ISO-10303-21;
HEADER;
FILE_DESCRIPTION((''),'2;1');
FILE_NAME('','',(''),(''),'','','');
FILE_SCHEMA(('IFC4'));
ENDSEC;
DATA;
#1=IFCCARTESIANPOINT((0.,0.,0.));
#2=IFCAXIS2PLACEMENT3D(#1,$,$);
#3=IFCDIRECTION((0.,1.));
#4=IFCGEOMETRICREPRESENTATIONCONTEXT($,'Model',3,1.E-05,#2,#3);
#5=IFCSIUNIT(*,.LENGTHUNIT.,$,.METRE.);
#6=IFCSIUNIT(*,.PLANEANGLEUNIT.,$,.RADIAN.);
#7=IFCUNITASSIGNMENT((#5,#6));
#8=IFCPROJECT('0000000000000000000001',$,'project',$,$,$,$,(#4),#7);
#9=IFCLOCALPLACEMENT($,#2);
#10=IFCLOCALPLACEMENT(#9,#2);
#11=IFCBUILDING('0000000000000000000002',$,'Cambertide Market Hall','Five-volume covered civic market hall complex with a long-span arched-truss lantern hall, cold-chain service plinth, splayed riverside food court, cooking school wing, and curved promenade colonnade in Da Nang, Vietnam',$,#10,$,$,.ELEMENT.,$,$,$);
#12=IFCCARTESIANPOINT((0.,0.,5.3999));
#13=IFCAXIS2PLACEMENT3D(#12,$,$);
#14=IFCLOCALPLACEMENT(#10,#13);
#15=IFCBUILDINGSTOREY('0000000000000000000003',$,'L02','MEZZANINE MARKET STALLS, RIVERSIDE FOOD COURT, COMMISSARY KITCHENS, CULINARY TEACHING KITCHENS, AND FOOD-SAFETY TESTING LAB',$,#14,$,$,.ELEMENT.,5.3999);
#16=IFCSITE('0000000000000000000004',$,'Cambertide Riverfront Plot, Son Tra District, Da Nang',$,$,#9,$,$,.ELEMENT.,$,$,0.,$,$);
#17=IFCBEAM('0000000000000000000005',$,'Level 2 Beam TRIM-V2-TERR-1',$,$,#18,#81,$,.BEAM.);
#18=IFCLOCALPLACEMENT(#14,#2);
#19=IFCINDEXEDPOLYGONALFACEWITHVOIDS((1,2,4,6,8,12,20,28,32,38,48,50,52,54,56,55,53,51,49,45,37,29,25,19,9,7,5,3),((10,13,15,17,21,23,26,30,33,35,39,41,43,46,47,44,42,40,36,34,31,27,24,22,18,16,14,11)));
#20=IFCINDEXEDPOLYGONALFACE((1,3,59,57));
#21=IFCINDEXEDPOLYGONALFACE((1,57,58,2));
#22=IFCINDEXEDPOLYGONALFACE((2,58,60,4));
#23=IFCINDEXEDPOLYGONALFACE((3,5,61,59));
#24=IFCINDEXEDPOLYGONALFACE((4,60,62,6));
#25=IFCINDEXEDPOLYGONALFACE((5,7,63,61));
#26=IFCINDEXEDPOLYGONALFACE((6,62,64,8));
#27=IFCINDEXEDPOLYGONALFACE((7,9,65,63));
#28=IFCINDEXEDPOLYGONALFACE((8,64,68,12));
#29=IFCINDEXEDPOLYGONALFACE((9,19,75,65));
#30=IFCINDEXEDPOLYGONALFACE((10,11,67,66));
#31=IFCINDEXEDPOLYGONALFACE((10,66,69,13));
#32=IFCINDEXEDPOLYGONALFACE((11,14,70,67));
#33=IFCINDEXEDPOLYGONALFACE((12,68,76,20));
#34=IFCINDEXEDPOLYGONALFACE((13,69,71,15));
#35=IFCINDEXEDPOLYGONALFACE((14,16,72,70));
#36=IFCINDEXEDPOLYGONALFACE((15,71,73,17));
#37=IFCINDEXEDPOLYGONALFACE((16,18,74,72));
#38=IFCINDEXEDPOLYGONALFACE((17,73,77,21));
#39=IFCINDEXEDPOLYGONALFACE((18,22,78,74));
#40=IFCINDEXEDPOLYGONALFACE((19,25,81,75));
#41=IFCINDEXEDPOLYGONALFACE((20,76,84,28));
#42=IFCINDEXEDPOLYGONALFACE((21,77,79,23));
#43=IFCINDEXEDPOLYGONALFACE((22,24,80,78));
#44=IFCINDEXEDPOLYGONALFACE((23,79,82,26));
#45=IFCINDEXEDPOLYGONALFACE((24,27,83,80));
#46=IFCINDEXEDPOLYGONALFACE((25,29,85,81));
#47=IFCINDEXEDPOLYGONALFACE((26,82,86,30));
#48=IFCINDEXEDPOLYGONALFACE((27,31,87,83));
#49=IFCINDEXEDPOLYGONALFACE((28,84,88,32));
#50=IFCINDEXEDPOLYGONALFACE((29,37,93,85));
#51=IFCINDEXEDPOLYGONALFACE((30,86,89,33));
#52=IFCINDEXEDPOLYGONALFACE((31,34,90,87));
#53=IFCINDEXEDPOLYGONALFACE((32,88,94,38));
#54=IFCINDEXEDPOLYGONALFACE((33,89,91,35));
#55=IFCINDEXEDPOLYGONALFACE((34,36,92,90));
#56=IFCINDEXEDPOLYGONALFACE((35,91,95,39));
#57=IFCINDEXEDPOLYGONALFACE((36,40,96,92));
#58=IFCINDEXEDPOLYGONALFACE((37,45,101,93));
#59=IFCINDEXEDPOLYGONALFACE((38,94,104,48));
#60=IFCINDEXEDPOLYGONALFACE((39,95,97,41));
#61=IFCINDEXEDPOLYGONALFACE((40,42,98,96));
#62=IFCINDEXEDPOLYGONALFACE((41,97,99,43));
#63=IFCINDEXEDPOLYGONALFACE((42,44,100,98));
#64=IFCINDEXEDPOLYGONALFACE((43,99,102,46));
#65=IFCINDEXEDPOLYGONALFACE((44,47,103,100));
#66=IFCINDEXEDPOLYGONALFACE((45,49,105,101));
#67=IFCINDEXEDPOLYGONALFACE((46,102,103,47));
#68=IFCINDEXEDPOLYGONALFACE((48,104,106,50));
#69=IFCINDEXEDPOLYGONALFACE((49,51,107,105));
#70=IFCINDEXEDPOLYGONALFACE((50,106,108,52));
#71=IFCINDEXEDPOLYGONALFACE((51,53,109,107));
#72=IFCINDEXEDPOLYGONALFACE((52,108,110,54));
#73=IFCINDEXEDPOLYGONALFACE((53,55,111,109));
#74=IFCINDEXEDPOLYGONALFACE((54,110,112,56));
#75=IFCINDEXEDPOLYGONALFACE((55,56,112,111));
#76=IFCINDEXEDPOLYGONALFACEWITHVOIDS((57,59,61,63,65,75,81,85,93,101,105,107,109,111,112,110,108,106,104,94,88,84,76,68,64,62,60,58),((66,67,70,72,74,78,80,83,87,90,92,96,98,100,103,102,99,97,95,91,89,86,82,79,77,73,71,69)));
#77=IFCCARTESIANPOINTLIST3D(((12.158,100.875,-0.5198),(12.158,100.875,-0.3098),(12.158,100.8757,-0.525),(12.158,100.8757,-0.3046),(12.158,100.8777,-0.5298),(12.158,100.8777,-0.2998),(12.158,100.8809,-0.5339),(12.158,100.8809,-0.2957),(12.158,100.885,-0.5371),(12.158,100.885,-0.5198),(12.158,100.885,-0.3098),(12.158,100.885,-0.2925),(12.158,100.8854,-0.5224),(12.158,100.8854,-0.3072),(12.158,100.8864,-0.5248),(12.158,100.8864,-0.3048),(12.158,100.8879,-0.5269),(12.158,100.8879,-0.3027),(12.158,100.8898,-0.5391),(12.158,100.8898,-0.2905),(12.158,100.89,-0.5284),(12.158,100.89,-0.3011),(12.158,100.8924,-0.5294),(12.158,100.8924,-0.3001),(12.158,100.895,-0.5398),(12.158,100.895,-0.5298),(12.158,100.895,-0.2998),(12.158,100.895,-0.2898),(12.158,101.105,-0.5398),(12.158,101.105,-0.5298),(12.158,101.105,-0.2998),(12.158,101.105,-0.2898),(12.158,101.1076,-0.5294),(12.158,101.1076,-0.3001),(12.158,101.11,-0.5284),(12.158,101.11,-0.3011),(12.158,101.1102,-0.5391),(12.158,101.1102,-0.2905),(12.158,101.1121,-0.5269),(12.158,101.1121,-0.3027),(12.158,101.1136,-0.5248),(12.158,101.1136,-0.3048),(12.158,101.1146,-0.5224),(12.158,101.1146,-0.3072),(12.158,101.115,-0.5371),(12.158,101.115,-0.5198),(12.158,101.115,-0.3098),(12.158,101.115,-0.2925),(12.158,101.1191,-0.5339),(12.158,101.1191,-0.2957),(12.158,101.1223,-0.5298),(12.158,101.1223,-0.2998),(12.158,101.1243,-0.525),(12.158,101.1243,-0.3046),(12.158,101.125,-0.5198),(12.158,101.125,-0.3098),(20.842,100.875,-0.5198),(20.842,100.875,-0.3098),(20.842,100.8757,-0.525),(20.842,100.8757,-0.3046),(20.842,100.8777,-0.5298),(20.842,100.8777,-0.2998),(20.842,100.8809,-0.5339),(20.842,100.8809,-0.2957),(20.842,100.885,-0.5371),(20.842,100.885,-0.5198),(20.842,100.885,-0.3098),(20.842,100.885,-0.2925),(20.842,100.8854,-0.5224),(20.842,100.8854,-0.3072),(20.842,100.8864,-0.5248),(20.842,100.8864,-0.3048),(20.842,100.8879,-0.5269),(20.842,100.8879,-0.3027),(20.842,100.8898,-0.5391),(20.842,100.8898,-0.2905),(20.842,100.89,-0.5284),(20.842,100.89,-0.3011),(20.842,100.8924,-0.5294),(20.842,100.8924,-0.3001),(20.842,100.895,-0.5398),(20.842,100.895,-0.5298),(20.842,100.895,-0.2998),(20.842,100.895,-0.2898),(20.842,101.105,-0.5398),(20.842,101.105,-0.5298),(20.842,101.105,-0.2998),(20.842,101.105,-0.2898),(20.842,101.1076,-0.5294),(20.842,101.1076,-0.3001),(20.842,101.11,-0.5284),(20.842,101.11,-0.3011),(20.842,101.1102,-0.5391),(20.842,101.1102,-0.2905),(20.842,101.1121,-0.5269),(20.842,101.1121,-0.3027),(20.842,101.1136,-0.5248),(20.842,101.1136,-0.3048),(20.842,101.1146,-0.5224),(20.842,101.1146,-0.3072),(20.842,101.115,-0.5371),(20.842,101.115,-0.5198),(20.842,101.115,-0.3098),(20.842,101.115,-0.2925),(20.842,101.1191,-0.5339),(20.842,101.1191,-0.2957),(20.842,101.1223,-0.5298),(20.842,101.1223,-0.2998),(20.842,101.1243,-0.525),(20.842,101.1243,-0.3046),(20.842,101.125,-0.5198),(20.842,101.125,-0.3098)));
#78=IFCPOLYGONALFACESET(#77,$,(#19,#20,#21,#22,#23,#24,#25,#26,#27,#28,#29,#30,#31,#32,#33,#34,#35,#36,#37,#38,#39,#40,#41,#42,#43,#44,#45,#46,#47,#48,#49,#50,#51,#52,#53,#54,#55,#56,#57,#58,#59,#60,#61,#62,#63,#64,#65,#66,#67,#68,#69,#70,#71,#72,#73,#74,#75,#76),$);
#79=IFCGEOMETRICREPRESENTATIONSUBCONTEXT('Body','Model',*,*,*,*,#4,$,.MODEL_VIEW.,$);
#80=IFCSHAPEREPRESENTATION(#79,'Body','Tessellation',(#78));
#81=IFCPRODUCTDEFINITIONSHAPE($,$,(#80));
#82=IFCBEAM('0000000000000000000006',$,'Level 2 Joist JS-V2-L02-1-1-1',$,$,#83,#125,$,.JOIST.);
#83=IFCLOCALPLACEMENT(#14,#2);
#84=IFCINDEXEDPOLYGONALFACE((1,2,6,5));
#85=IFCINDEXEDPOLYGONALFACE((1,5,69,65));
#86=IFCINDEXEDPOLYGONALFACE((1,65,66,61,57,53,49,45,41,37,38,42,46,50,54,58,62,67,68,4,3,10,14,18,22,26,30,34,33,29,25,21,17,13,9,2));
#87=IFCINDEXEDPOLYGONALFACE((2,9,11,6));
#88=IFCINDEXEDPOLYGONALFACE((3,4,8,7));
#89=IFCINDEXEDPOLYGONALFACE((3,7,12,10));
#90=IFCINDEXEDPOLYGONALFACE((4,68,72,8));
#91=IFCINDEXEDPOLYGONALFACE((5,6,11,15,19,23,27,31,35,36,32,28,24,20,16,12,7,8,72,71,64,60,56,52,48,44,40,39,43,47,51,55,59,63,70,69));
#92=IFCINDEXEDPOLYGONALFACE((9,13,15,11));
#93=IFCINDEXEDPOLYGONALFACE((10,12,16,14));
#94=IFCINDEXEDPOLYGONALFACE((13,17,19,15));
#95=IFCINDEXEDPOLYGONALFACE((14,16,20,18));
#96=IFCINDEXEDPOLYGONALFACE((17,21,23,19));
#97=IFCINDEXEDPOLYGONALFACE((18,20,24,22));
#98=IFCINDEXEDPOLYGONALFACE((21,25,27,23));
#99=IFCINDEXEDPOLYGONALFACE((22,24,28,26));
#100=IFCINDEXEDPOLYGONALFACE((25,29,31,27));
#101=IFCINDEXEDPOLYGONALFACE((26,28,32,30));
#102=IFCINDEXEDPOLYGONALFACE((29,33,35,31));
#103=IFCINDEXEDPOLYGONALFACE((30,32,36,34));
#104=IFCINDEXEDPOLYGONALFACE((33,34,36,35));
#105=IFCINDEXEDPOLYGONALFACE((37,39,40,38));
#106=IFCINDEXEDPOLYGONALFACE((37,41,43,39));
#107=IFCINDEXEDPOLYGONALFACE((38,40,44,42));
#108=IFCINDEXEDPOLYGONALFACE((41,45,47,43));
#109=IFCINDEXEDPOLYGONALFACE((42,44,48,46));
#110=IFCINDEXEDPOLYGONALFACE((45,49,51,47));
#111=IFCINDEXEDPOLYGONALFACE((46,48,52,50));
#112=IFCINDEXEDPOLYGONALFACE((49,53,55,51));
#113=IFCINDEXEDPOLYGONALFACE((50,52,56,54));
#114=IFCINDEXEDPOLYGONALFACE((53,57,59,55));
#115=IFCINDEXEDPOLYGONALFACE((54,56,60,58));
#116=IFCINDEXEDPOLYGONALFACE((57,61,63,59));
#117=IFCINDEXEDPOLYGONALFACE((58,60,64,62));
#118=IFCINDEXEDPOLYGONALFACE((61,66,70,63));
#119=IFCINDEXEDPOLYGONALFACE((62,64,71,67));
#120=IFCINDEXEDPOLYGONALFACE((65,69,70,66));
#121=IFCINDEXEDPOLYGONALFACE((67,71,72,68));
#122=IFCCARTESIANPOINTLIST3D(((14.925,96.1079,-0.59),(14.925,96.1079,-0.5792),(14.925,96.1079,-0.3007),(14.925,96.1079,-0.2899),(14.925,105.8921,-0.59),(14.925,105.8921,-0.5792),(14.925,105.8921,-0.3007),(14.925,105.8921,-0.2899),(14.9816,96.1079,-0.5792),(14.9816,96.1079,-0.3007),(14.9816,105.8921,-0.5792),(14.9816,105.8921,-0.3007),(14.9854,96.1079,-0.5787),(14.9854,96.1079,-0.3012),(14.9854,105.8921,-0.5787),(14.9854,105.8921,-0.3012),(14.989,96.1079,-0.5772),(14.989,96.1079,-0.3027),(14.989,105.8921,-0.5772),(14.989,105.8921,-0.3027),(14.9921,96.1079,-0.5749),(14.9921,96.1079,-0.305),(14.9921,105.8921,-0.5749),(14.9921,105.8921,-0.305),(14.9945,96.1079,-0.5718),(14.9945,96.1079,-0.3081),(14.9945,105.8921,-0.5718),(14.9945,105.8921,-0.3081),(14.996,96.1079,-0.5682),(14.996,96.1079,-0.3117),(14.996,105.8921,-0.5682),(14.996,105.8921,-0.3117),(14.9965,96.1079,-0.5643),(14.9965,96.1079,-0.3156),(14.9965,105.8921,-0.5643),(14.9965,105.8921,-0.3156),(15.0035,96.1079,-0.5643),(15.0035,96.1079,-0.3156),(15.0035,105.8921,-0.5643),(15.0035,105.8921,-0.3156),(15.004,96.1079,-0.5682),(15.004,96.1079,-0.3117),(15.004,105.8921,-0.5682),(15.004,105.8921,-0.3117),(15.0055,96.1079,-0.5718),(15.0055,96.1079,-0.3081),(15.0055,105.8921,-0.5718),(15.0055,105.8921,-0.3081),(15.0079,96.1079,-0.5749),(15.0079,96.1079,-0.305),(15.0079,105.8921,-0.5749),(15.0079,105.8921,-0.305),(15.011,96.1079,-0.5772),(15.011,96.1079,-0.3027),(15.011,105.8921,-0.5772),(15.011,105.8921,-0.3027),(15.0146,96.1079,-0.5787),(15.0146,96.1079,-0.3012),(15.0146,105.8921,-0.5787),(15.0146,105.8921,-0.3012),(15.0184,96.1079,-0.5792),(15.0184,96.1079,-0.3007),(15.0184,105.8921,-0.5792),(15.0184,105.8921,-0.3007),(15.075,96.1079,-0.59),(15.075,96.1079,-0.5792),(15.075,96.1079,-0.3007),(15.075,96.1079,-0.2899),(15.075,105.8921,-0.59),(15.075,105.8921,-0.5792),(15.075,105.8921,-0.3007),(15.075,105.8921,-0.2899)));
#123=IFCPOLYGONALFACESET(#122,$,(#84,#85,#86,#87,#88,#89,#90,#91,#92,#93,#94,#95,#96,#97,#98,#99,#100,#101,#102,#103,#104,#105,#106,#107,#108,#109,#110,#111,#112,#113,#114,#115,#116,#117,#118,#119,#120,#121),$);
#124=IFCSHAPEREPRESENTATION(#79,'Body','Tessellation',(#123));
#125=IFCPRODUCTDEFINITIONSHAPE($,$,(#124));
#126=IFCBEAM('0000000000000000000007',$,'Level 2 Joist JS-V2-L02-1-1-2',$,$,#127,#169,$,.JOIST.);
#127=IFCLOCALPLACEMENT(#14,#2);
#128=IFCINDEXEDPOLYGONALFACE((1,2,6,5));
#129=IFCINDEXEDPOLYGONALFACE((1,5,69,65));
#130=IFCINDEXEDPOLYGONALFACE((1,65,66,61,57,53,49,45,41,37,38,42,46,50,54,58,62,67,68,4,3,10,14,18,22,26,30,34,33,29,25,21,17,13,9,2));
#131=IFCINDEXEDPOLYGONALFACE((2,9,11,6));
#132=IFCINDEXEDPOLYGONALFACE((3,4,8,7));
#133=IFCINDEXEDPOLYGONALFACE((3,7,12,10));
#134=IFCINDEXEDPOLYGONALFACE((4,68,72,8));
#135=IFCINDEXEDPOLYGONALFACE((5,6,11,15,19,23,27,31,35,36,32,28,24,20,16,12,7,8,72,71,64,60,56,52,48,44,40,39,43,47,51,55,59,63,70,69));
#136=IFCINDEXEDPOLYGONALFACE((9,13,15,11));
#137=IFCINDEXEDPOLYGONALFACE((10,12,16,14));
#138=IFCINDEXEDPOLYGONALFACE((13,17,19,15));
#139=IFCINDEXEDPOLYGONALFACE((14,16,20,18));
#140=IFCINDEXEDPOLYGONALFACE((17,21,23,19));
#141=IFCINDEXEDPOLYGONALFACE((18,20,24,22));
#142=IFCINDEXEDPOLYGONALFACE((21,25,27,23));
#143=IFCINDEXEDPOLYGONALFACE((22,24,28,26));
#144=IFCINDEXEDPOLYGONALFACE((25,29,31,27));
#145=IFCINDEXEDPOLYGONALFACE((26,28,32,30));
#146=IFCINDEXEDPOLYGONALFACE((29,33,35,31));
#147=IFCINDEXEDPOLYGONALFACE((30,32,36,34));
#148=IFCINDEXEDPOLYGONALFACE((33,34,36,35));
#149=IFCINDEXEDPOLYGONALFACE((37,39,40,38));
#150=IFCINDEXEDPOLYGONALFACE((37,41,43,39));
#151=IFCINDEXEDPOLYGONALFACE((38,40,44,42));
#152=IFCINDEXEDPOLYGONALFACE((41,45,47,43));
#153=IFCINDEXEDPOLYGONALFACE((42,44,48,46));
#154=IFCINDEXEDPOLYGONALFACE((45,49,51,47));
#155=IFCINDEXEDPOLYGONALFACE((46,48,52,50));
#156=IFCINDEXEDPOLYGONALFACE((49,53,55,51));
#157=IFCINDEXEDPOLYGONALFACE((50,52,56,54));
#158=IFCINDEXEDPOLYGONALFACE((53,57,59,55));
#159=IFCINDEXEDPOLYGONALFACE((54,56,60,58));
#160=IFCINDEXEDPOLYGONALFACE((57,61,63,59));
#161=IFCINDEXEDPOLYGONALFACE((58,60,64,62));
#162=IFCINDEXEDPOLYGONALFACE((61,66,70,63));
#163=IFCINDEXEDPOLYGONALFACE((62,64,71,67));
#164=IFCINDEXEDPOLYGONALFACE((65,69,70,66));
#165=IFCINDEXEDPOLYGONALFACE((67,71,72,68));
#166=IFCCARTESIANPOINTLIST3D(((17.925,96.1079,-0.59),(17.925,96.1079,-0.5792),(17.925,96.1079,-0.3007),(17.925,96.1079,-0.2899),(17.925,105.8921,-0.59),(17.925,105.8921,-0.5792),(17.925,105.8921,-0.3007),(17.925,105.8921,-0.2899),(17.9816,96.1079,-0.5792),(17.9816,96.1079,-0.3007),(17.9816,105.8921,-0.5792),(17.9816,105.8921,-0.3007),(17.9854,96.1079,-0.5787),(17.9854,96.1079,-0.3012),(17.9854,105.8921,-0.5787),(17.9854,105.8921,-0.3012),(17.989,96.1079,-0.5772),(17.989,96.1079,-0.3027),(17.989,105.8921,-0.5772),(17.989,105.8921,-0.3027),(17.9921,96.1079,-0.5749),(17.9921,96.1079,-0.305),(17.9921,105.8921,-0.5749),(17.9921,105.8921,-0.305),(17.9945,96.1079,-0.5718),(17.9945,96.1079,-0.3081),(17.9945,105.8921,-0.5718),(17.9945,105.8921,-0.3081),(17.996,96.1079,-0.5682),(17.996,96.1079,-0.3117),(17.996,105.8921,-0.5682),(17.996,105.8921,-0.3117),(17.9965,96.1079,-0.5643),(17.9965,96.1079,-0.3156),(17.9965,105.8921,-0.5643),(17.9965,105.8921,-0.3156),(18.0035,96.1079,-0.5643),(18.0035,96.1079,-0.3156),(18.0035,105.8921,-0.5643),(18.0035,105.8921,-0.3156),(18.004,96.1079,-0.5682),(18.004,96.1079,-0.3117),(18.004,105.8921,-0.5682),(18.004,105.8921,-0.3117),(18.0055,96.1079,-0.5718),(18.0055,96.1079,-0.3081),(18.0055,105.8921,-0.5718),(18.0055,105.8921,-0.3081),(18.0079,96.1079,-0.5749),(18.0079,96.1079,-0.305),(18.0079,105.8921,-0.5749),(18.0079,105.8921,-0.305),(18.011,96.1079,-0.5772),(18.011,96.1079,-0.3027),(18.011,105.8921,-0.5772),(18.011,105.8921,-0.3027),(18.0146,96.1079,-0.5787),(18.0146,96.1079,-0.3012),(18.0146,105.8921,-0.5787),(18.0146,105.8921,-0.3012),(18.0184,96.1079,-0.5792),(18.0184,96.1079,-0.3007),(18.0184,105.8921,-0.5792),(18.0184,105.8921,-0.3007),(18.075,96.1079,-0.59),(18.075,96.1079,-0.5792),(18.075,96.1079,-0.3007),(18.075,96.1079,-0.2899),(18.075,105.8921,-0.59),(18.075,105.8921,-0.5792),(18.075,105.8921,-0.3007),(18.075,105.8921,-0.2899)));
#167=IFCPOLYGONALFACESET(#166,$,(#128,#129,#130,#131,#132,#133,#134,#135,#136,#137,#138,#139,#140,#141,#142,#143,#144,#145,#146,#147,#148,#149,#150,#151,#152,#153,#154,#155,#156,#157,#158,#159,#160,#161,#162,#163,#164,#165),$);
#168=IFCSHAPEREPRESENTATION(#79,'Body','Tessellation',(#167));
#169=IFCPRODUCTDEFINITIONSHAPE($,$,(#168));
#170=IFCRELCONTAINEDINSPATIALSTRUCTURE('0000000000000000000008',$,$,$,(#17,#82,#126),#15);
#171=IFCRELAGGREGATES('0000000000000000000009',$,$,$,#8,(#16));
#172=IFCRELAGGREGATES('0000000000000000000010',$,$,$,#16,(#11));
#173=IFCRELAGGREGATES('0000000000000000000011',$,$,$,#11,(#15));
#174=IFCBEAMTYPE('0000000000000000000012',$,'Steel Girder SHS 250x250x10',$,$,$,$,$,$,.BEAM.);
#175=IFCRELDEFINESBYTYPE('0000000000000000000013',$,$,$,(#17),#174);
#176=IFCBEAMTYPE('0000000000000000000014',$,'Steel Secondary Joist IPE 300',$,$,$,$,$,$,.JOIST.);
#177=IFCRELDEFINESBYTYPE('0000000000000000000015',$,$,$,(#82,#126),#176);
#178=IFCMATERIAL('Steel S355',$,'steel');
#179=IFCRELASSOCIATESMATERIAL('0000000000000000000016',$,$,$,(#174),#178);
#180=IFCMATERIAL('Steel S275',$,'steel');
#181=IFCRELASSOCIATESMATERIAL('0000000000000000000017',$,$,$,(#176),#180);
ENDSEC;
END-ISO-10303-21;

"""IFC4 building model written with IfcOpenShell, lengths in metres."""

from ifc_helpers import new_model, si_unit, direction, frame, origin, origin_2d, place, context, subcontext, project, spatial, hollow_rectangle, i_section, extrude, material, material_profile, profile_set, type_object, element, save


model = new_model("IFC4")

# Units and contexts
model_context = context("Model", 3, precision=1e-05, world=origin(), true_north=direction((0.0, 1.0)))
body_context = subcontext(model_context, "Body", "Model", "MODEL_VIEW")
ifc_project = project(units=[si_unit("LENGTHUNIT", "METRE"), si_unit("PLANEANGLEUNIT", "RADIAN")], contexts=[model_context])

# Site, building, storey
site_placement = place(None, origin())
site = spatial("IfcSite", under=ifc_project, at=site_placement, Name="Cambertide Riverfront Plot, Son Tra District, Da Nang", CompositionType="ELEMENT", RefElevation=0.0)
building_placement = place(site_placement, origin())
building = spatial("IfcBuilding", under=site, at=building_placement, Name="Cambertide Market Hall", Description="Five-volume covered civic market hall complex with a long-span arched-truss lantern hall, cold-chain service plinth, splayed riverside food court, cooking school wing, and curved promenade colonnade in Da Nang, Vietnam", CompositionType="ELEMENT")
storey_placement = place(building_placement, frame((0.0, 0.0, 5.3999)))
storey = spatial("IfcBuildingStorey", under=building, at=storey_placement, Name="L02", Description="MEZZANINE MARKET STALLS, RIVERSIDE FOOD COURT, COMMISSARY KITCHENS, CULINARY TEACHING KITCHENS, AND FOOD-SAFETY TESTING LAB", CompositionType="ELEMENT", Elevation=5.3999)

# Beams
ifc_material_1 = material(Name="Steel S355", Category="steel")
ifc_material_profile_1 = material_profile(ifc_material_1, hollow_rectangle(XDim=0.25, YDim=0.25, WallThickness=0.01, InnerFilletRadius=0.01, OuterFilletRadius=0.02, at=origin_2d()), Name="SHS 250x250x10")
ifc_profile_set_1 = profile_set([ifc_material_profile_1], Name="Steel S355")
beam_type_1 = type_object("IfcBeamType", Name="Steel Girder SHS 250x250x10", PredefinedType="BEAM", material=ifc_profile_set_1)
beam_1_placement = place(storey_placement, frame((12.158, 101.0, -0.4148), z_axis=(1.0, 0.0, 0.0), x_axis=(0.0, 1.0, 0.0)))
element("IfcBeam", 1, at=beam_1_placement, inside=storey, type_object=beam_type_1, Name="Level 2 Beam TRIM-V2-TERR-1", PredefinedType="BEAM", context=body_context, shape_type="SweptSolid", body=[
    extrude(hollow_rectangle(XDim=0.25, YDim=0.25, WallThickness=0.01, InnerFilletRadius=0.01, OuterFilletRadius=0.02, at=origin_2d()), origin(), (0.0, 0.0, 1.0), 8.6841),
])
ifc_material_2 = material(Name="Steel S275", Category="steel")
ifc_material_profile_2 = material_profile(ifc_material_2, i_section(OverallWidth=0.1499, OverallDepth=0.3, WebThickness=0.0071, FlangeThickness=0.0107, FilletRadius=0.0149, at=origin_2d()), Name="IPE 300")
ifc_profile_set_2 = profile_set([ifc_material_profile_2], Name="Steel S275")
beam_type_2 = type_object("IfcBeamType", Name="Steel Secondary Joist IPE 300", PredefinedType="JOIST", material=ifc_profile_set_2)
for number, where, z_axis, x_axis, name in (
    (2, (15.0, 96.1079, -0.4399), (0.0, 1.0, 0.0), (-1.0, 0.0, 0.0), "Level 2 Joist JS-V2-L02-1-1-1"),
    (3, (18.0, 96.1079, -0.4399), (0.0, 1.0, 0.0), (-1.0, 0.0, 0.0), "Level 2 Joist JS-V2-L02-1-1-2"),
):
    element("IfcBeam", number, at=place(storey_placement, frame(where, z_axis=z_axis, x_axis=x_axis)), inside=storey, type_object=beam_type_2, Name=name, PredefinedType="JOIST", context=body_context, shape_type="SweptSolid", body=[
        extrude(i_section(OverallWidth=0.1499, OverallDepth=0.3, WebThickness=0.0071, FlangeThickness=0.0107, FilletRadius=0.0149, at=origin_2d()), origin(), (0.0, 0.0, 1.0), 9.7842),
    ])

save(model, "model.ifc")
